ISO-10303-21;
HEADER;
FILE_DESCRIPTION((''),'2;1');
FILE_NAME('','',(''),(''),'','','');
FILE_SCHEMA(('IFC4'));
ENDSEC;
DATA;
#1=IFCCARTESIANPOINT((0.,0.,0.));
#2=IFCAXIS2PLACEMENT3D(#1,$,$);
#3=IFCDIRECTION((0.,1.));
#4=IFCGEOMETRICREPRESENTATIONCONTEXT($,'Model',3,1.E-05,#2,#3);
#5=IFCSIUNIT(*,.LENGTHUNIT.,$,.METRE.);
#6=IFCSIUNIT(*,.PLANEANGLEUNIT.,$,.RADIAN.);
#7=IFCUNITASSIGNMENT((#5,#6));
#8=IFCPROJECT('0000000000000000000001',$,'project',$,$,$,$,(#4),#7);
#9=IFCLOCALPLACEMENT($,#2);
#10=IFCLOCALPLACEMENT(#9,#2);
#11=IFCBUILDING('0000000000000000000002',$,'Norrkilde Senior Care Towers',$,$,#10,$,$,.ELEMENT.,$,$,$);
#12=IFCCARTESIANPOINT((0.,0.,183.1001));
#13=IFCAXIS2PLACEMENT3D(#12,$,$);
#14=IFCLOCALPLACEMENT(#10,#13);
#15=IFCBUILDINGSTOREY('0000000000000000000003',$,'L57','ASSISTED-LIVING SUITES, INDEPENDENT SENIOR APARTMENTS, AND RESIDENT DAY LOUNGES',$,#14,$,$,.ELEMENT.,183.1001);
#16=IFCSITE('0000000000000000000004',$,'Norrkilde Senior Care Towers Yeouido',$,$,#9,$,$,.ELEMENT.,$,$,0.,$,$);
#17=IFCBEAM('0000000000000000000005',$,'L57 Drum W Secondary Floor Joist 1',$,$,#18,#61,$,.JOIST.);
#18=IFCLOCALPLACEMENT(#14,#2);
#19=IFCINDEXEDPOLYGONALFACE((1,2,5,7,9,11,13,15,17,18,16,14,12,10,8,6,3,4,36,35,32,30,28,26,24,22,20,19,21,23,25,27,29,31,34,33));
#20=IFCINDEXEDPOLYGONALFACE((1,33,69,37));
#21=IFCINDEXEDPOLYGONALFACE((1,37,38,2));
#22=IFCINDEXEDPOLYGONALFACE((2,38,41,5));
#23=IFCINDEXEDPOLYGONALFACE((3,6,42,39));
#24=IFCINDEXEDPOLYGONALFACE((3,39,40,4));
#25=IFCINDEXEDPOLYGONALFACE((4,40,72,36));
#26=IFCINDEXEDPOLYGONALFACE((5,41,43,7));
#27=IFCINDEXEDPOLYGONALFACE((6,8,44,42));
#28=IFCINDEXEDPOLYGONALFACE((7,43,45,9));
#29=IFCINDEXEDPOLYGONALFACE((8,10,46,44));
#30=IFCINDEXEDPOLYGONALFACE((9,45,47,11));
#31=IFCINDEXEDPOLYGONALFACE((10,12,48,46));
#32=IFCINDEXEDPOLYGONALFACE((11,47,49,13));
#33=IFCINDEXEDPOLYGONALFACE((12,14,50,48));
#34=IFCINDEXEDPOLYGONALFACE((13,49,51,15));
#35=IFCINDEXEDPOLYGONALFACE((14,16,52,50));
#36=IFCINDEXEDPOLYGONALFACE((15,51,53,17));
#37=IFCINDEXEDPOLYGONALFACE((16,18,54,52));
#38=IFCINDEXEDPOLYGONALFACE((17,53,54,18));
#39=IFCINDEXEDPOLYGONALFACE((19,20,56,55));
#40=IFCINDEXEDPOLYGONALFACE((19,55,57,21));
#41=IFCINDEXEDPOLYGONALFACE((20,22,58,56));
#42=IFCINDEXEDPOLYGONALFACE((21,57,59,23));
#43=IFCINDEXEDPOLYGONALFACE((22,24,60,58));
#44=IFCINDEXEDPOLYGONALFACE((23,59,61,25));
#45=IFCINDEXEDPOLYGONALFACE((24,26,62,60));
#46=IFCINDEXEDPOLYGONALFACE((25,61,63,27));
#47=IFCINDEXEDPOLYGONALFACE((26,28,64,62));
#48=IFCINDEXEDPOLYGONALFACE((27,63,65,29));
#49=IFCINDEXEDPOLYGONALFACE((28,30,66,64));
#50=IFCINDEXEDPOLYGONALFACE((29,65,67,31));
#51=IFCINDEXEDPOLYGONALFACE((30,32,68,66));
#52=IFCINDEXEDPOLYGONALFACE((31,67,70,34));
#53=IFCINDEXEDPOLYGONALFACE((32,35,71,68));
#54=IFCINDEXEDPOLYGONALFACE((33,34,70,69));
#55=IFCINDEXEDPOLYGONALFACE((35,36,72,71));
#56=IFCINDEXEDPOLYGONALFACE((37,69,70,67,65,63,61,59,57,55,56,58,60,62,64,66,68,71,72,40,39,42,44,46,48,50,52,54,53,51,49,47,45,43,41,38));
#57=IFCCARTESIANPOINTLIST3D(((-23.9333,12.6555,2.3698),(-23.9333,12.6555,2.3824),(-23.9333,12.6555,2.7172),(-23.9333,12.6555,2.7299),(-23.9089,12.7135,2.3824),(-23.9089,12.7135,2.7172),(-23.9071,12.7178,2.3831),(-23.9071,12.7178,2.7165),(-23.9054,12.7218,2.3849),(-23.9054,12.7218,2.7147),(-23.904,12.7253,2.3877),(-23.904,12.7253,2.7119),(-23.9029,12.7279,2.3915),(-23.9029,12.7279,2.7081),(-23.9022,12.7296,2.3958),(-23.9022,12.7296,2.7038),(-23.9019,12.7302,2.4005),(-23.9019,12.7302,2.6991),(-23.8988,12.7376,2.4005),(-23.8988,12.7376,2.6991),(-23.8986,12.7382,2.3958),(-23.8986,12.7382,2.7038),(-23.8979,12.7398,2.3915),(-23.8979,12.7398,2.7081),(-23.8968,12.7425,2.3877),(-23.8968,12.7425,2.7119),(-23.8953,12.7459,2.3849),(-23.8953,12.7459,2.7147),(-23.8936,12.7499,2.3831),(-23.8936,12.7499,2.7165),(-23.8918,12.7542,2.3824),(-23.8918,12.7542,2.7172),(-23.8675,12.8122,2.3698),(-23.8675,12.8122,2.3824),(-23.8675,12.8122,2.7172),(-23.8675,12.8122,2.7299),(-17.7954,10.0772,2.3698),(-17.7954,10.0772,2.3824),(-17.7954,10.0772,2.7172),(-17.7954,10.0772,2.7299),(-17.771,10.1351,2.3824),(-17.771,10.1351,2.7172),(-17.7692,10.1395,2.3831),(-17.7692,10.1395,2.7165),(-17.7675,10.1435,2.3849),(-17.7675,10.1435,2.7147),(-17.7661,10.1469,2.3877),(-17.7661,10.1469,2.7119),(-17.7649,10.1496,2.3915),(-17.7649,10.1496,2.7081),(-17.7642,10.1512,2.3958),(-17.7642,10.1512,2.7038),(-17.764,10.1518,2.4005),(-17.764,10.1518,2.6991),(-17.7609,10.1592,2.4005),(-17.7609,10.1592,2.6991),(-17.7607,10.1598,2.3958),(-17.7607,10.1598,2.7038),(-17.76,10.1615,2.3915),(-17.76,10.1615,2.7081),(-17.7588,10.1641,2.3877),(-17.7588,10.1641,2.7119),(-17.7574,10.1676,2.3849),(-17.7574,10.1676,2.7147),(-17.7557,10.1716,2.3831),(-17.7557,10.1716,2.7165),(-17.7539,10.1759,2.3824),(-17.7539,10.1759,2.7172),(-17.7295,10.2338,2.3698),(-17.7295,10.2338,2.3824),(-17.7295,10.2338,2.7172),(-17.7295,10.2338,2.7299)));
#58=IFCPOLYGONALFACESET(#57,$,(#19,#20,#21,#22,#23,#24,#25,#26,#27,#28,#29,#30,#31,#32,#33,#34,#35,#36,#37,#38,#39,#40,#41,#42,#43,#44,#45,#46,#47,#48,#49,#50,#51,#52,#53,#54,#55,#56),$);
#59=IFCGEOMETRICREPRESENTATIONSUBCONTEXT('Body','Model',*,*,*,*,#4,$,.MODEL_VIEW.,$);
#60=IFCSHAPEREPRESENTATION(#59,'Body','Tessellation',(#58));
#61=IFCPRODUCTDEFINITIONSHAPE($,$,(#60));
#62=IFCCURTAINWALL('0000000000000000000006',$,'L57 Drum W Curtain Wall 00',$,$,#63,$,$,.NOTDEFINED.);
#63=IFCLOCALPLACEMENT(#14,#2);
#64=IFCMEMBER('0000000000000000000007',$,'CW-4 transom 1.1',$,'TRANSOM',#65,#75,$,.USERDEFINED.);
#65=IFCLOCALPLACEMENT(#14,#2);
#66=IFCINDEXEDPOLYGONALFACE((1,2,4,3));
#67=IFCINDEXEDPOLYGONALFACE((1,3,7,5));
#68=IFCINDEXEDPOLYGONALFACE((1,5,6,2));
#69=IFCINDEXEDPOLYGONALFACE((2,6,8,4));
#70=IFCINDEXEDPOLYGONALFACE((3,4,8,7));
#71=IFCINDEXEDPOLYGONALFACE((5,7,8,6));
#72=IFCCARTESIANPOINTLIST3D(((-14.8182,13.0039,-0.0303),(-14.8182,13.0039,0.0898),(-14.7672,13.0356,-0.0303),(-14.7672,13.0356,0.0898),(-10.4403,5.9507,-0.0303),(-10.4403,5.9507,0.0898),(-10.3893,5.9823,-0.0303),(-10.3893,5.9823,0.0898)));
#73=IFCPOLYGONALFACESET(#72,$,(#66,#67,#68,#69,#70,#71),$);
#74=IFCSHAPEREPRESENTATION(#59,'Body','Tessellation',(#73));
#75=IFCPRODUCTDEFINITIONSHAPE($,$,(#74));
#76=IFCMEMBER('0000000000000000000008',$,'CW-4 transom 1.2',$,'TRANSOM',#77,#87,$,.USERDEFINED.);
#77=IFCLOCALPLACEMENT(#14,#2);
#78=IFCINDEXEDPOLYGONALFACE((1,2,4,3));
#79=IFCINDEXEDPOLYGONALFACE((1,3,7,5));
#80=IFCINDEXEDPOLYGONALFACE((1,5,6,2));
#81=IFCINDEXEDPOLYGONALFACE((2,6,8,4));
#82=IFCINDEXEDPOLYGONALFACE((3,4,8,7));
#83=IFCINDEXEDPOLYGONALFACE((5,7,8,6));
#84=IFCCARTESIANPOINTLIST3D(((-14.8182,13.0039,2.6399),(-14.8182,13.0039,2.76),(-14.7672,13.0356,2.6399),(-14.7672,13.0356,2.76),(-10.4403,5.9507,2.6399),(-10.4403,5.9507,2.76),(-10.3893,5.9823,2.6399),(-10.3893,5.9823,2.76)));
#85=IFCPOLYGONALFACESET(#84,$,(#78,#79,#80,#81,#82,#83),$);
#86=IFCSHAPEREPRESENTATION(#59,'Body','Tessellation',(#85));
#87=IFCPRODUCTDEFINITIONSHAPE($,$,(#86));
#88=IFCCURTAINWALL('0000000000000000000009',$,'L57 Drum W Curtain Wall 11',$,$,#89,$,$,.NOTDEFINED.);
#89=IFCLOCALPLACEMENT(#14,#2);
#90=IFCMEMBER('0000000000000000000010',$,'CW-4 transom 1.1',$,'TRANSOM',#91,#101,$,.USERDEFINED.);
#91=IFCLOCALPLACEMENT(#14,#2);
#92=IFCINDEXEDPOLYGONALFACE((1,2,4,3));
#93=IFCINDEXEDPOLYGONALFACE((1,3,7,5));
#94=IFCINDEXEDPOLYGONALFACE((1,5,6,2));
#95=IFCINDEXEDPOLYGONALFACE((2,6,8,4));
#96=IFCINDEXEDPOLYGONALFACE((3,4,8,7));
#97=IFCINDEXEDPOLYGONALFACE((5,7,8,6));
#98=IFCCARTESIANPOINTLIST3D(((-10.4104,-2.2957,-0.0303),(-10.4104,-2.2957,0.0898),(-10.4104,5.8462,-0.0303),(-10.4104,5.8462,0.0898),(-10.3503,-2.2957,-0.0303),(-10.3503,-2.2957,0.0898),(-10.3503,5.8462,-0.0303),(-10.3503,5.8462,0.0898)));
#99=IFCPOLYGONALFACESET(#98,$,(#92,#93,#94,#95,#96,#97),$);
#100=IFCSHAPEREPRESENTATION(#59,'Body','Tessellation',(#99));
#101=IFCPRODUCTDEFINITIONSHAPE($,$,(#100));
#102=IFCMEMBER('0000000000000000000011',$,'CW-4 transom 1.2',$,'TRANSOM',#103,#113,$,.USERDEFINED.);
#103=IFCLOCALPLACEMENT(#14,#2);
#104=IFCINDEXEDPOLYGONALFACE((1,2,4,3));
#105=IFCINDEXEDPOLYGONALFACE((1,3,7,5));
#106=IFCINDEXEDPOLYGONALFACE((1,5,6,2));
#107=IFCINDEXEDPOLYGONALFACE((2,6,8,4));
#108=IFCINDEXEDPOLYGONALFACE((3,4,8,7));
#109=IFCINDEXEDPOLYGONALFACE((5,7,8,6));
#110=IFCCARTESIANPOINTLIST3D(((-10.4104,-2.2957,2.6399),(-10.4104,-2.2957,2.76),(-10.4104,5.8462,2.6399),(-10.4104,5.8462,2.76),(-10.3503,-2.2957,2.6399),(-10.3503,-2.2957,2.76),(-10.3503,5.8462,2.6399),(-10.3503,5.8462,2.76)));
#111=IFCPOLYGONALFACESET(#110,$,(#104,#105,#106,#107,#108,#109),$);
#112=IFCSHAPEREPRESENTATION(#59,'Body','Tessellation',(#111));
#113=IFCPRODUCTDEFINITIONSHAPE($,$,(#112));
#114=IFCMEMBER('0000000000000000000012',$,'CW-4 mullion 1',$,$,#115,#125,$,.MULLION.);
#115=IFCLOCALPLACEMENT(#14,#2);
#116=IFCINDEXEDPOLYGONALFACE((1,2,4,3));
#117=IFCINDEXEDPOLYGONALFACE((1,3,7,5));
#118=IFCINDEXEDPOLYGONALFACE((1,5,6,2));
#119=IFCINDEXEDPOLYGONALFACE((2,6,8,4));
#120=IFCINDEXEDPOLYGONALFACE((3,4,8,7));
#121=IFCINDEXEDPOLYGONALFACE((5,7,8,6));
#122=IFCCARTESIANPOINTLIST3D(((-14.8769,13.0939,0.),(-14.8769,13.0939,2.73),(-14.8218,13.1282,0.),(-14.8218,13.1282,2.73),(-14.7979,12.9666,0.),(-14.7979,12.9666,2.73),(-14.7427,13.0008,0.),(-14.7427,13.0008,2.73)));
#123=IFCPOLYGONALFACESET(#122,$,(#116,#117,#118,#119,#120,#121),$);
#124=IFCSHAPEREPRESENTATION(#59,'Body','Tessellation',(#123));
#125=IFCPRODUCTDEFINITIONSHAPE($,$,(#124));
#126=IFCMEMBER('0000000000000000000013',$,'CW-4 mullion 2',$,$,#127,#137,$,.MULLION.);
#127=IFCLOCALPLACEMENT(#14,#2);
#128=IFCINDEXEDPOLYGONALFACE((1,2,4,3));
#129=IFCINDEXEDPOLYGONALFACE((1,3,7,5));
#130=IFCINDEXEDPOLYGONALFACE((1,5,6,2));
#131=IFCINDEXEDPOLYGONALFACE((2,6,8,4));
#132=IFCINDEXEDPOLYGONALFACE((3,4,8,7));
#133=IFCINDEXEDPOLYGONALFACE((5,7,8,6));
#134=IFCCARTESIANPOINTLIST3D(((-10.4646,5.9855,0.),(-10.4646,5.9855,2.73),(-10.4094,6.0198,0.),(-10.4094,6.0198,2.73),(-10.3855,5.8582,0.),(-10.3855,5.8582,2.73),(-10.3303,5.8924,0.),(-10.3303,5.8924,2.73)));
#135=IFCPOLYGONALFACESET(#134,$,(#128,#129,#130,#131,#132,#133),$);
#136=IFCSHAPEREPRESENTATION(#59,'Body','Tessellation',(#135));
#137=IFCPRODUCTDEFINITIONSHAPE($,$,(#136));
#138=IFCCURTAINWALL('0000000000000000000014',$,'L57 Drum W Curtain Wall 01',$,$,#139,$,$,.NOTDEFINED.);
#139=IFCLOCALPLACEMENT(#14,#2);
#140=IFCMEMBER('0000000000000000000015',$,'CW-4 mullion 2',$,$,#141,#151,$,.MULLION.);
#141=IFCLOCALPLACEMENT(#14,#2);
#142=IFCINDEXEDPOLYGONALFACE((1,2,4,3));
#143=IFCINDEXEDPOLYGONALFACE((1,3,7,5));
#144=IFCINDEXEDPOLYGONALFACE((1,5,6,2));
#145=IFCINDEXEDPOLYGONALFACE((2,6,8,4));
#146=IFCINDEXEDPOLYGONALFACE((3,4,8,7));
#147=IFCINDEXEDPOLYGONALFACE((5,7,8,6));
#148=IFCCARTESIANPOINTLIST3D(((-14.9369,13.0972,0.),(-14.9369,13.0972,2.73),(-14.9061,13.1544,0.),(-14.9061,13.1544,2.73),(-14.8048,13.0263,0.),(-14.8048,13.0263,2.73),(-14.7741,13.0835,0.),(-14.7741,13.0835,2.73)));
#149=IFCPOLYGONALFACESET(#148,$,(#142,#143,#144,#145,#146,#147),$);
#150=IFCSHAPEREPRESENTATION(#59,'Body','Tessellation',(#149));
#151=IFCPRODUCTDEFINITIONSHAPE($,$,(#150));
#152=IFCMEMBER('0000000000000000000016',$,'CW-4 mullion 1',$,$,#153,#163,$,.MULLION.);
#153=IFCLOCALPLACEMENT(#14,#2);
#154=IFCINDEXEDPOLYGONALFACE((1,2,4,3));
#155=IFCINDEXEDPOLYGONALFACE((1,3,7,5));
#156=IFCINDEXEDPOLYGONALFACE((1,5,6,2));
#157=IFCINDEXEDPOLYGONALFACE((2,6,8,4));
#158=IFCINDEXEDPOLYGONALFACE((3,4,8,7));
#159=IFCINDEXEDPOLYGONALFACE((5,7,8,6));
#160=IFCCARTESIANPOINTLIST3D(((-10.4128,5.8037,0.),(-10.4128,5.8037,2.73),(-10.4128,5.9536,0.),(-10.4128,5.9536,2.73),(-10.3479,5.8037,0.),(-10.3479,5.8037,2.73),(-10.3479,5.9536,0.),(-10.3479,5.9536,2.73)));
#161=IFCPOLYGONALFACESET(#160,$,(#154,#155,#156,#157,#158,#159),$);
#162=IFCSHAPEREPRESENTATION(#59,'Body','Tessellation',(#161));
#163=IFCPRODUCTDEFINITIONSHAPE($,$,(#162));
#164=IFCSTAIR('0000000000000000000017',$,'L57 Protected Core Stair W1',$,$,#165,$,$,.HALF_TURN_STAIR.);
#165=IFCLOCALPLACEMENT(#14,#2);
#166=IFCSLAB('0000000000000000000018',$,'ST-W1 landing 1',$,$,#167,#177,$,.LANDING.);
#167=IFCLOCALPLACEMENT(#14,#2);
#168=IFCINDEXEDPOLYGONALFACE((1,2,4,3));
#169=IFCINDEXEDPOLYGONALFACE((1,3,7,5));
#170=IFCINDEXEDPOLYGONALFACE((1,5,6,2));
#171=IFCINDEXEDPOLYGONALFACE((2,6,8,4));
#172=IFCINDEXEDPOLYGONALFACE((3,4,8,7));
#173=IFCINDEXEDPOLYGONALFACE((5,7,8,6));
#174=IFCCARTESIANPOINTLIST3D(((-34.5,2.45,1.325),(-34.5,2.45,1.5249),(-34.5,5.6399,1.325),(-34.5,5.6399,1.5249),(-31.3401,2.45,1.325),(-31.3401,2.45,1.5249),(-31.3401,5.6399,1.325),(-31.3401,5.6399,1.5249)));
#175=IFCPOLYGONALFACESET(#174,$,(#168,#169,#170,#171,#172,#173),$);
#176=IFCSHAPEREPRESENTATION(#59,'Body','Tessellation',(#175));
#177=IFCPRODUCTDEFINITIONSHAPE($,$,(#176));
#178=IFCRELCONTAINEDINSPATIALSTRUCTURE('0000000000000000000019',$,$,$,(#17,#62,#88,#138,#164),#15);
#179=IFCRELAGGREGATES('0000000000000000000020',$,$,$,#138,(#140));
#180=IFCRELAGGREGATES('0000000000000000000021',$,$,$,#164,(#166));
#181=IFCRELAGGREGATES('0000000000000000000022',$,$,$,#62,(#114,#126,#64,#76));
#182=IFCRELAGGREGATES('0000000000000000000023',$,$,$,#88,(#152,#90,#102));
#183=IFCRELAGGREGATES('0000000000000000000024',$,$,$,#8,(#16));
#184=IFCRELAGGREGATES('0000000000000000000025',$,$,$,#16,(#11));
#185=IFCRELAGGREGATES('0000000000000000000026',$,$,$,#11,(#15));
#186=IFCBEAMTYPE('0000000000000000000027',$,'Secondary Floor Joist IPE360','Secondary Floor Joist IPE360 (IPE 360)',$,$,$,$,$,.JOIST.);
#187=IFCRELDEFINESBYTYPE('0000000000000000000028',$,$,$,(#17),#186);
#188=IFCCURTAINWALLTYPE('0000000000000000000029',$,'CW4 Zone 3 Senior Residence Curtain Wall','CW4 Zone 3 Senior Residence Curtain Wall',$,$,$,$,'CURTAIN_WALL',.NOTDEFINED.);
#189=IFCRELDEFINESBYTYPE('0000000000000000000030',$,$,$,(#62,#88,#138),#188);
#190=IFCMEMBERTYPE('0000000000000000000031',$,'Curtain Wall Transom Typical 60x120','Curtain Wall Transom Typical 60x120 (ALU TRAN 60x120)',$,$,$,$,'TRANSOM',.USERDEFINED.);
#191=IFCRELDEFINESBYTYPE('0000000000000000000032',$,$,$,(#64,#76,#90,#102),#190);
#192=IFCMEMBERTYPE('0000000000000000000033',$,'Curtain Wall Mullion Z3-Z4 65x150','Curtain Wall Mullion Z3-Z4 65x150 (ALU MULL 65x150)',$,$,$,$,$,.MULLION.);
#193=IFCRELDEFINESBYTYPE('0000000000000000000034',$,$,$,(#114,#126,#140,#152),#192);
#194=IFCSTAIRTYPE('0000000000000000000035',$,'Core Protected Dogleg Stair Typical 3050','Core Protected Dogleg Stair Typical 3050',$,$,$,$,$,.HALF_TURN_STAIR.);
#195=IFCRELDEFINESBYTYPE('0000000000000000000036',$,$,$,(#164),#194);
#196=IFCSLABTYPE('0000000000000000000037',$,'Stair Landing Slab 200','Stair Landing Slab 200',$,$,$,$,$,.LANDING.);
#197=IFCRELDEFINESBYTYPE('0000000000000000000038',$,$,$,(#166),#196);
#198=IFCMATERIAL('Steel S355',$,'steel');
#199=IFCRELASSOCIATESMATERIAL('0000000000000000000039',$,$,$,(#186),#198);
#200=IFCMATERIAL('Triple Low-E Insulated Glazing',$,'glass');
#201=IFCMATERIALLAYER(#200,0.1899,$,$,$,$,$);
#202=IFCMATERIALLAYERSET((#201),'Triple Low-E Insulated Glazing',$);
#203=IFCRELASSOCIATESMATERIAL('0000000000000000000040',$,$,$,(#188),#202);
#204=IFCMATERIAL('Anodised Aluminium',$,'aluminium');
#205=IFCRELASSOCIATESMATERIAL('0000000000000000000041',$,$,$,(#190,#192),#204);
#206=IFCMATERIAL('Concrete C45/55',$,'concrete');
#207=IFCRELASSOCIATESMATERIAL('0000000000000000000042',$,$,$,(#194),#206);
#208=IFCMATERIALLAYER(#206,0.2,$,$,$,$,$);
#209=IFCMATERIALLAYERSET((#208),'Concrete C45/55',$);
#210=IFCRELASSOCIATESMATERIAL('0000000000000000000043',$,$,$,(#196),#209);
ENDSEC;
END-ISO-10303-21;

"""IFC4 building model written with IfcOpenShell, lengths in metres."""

from ifc_helpers import new_model, si_unit, direction, frame, origin, origin_2d, place, context, subcontext, project, spatial, polyline, rectangle, i_section, outline, extrude, source, transform, mapped, material, layer, layer_set, material_profile, profile_set, type_object, type_shapes, element, aggregate, save


model = new_model("IFC4")

# Units and contexts
model_context = context("Model", 3, precision=1e-05, world=origin(), true_north=direction((0.0, 1.0)))
body_context = subcontext(model_context, "Body", "Model", "MODEL_VIEW")
ifc_project = project(units=[si_unit("LENGTHUNIT", "METRE"), si_unit("PLANEANGLEUNIT", "RADIAN")], contexts=[model_context])

# Site, building, storey
site_placement = place(None, origin())
site = spatial("IfcSite", under=ifc_project, at=site_placement, Name="Norrkilde Senior Care Towers Yeouido", CompositionType="ELEMENT", RefElevation=0.0)
building_placement = place(site_placement, origin())
building = spatial("IfcBuilding", under=site, at=building_placement, Name="Norrkilde Senior Care Towers", CompositionType="ELEMENT")
storey_placement = place(building_placement, frame((0.0, 0.0, 183.1001)))
storey = spatial("IfcBuildingStorey", under=building, at=storey_placement, Name="L57", Description="ASSISTED-LIVING SUITES, INDEPENDENT SENIOR APARTMENTS, AND RESIDENT DAY LOUNGES", CompositionType="ELEMENT", Elevation=183.1001)

# Beam
ifc_material_1 = material(Name="Steel S355", Category="steel")
ifc_material_profile_1 = material_profile(ifc_material_1, i_section(OverallWidth=0.1699, OverallDepth=0.3601, WebThickness=0.0081, FlangeThickness=0.0127, FilletRadius=0.0181, at=origin_2d()), Name="IPE 360")
ifc_profile_set_1 = profile_set([ifc_material_profile_1], Name="Steel S355")
beam_type_1 = type_object("IfcBeamType", Name="Secondary Floor Joist IPE360", Description="Secondary Floor Joist IPE360 (IPE 360)", PredefinedType="JOIST", material=ifc_profile_set_1)
shared_shape_1 = source(origin(), body_context, "Body", "SweptSolid", [
    extrude(i_section(OverallWidth=0.1699, OverallDepth=0.3601, WebThickness=0.0081, FlangeThickness=0.0127, FilletRadius=0.0181, at=origin_2d()), origin(), (0.0, 0.0, 1.0), 6.6575),
])
type_shapes(beam_type_1, [shared_shape_1])
beam_1_placement = place(storey_placement, frame((-17.7625, 10.1555, 2.5498), z_axis=(-0.921959, 0.387288, 0.0), x_axis=(-0.387288, -0.921959, 0.0)))
element("IfcBeam", 1, at=beam_1_placement, inside=storey, type_object=beam_type_1, Name="L57 Drum W Secondary Floor Joist 1", PredefinedType="JOIST", context=body_context, shape_type="MappedRepresentation", body=[
    mapped(shared_shape_1, transform((0.0, 0.0, 0.0), x_axis=(1.0, 0.0, 0.0), y_axis=(0.0, 1.0, 0.0), z_axis=(0.0, 0.0, 1.0), scale=1.0)),
])

# Curtain walls, members
ifc_material_2 = material(Name="Triple Low-E Insulated Glazing", Category="glass")
ifc_layer_1 = layer(ifc_material_2, 0.1899)
ifc_layer_set_1 = layer_set([ifc_layer_1], Name="Triple Low-E Insulated Glazing")
curtain_wall_type = type_object("IfcCurtainWallType", Name="CW4 Zone 3 Senior Residence Curtain Wall", Description="CW4 Zone 3 Senior Residence Curtain Wall", ElementType="CURTAIN_WALL", PredefinedType="NOTDEFINED", material=ifc_layer_set_1)
curtain_wall_1_placement = place(storey_placement, origin())
curtain_wall_1 = element("IfcCurtainWall", 2, at=curtain_wall_1_placement, inside=storey, type_object=curtain_wall_type, Name="L57 Drum W Curtain Wall 00", PredefinedType="NOTDEFINED")
ifc_material_3 = material(Name="Anodised Aluminium", Category="aluminium")
ifc_material_profile_2 = material_profile(ifc_material_3, rectangle(XDim=0.0601, YDim=0.1201, at=origin_2d()), Name="ALU TRAN 60x120")
ifc_profile_set_2 = profile_set([ifc_material_profile_2], Name="Anodised Aluminium")
member_type_1 = type_object("IfcMemberType", Name="Curtain Wall Transom Typical 60x120", Description="Curtain Wall Transom Typical 60x120 (ALU TRAN 60x120)", ElementType="TRANSOM", PredefinedType="USERDEFINED", material=ifc_profile_set_2)
shared_shape_2 = source(origin(), body_context, "Body", "SweptSolid", [
    extrude(rectangle(XDim=0.0601, YDim=0.1201, at=origin_2d()), origin(), (0.0, 0.0, 1.0), 8.3015),
])
member_1_placement = place(storey_placement, frame((-14.7927, 13.0198, 0.0298), z_axis=(0.527369, -0.849637, 0.0), x_axis=(0.849637, 0.527369, 0.0)))
member_1 = element("IfcMember", 3, at=member_1_placement, type_object=member_type_1, Name="CW-4 transom 1.1", ObjectType="TRANSOM", PredefinedType="USERDEFINED", context=body_context, shape_type="MappedRepresentation", body=[
    mapped(shared_shape_2, transform((0.0, 0.0, 0.0), x_axis=(1.0, 0.0, 0.0), y_axis=(0.0, 1.0, 0.0), z_axis=(0.0, 0.0, 1.0), scale=1.0)),
])
member_2_placement = place(storey_placement, frame((-14.7927, 13.0198, 2.7), z_axis=(0.527369, -0.849637, 0.0), x_axis=(0.849637, 0.527369, 0.0)))
member_2 = element("IfcMember", 4, at=member_2_placement, type_object=member_type_1, Name="CW-4 transom 1.2", ObjectType="TRANSOM", PredefinedType="USERDEFINED", context=body_context, shape_type="MappedRepresentation", body=[
    mapped(shared_shape_2, transform((0.0, 0.0, 0.0), x_axis=(1.0, 0.0, 0.0), y_axis=(0.0, 1.0, 0.0), z_axis=(0.0, 0.0, 1.0), scale=1.0)),
])
curtain_wall_2_placement = place(storey_placement, origin())
curtain_wall_2 = element("IfcCurtainWall", 5, at=curtain_wall_2_placement, inside=storey, type_object=curtain_wall_type, Name="L57 Drum W Curtain Wall 11", PredefinedType="NOTDEFINED")
shared_shape_3 = source(origin(), body_context, "Body", "SweptSolid", [
    extrude(rectangle(XDim=0.0601, YDim=0.1201, at=origin_2d()), origin(), (0.0, 0.0, 1.0), 8.1418),
])
type_shapes(member_type_1, [shared_shape_2, shared_shape_3])
member_3_placement = place(storey_placement, frame((-10.3804, 5.8462, 0.0298), z_axis=(0.0, -1.0, 0.0), x_axis=(1.0, 0.0, 0.0)))
member_3 = element("IfcMember", 6, at=member_3_placement, type_object=member_type_1, Name="CW-4 transom 1.1", ObjectType="TRANSOM", PredefinedType="USERDEFINED", context=body_context, shape_type="MappedRepresentation", body=[
    mapped(shared_shape_3, transform((0.0, 0.0, 0.0), x_axis=(1.0, 0.0, 0.0), y_axis=(0.0, 1.0, 0.0), z_axis=(0.0, 0.0, 1.0), scale=1.0)),
])
member_4_placement = place(storey_placement, frame((-10.3804, 5.8462, 2.7), z_axis=(0.0, -1.0, 0.0), x_axis=(1.0, 0.0, 0.0)))
member_4 = element("IfcMember", 7, at=member_4_placement, type_object=member_type_1, Name="CW-4 transom 1.2", ObjectType="TRANSOM", PredefinedType="USERDEFINED", context=body_context, shape_type="MappedRepresentation", body=[
    mapped(shared_shape_3, transform((0.0, 0.0, 0.0), x_axis=(1.0, 0.0, 0.0), y_axis=(0.0, 1.0, 0.0), z_axis=(0.0, 0.0, 1.0), scale=1.0)),
])

# Members
ifc_material_profile_3 = material_profile(ifc_material_3, rectangle(XDim=0.0649, YDim=0.1499, at=origin_2d()), Name="ALU MULL 65x150")
ifc_profile_set_3 = profile_set([ifc_material_profile_3], Name="Anodised Aluminium")
member_type_2 = type_object("IfcMemberType", Name="Curtain Wall Mullion Z3-Z4 65x150", Description="Curtain Wall Mullion Z3-Z4 65x150 (ALU MULL 65x150)", PredefinedType="MULLION", material=ifc_profile_set_3)
shared_shape_4 = source(origin(), body_context, "Body", "SweptSolid", [
    extrude(rectangle(XDim=0.0649, YDim=0.1499, at=origin_2d()), origin(), (0.0, 0.0, 1.0), 2.73),
])
type_shapes(member_type_2, [shared_shape_4])
member_5_placement = place(storey_placement, frame((-14.8098, 13.0474, 0.0), z_axis=(0.0, 0.0, 1.0), x_axis=(0.849634, 0.527373, 0.0)))
member_5 = element("IfcMember", 8, at=member_5_placement, type_object=member_type_2, Name="CW-4 mullion 1", PredefinedType="MULLION", context=body_context, shape_type="MappedRepresentation", body=[
    mapped(shared_shape_4, transform((0.0, 0.0, 0.0), x_axis=(1.0, 0.0, 0.0), y_axis=(0.0, 1.0, 0.0), z_axis=(0.0, 0.0, 1.0), scale=1.0)),
])
member_6_placement = place(storey_placement, frame((-10.3975, 5.939, 0.0), z_axis=(0.0, 0.0, 1.0), x_axis=(0.849634, 0.527373, 0.0)))
member_6 = element("IfcMember", 9, at=member_6_placement, type_object=member_type_2, Name="CW-4 mullion 2", PredefinedType="MULLION", context=body_context, shape_type="MappedRepresentation", body=[
    mapped(shared_shape_4, transform((0.0, 0.0, 0.0), x_axis=(1.0, 0.0, 0.0), y_axis=(0.0, 1.0, 0.0), z_axis=(0.0, 0.0, 1.0), scale=1.0)),
])

# Curtain wall, member
curtain_wall_3_placement = place(storey_placement, origin())
curtain_wall_3 = element("IfcCurtainWall", 10, at=curtain_wall_3_placement, inside=storey, type_object=curtain_wall_type, Name="L57 Drum W Curtain Wall 01", PredefinedType="NOTDEFINED")
member_7_placement = place(storey_placement, frame((-14.8555, 13.0903, 0.0), z_axis=(0.0, 0.0, 1.0), x_axis=(0.473117, 0.881, 0.0)))
member_7 = element("IfcMember", 11, at=member_7_placement, type_object=member_type_2, Name="CW-4 mullion 2", PredefinedType="MULLION", context=body_context, shape_type="MappedRepresentation", body=[
    mapped(shared_shape_4, transform((0.0, 0.0, 0.0), x_axis=(1.0, 0.0, 0.0), y_axis=(0.0, 1.0, 0.0), z_axis=(0.0, 0.0, 1.0), scale=1.0)),
])
aggregate(curtain_wall_3, [member_7])

# Member
member_8_placement = place(storey_placement, frame((-10.3804, 5.8787, 0.0), z_axis=(0.0, 0.0, 1.0), x_axis=(1.0, 0.0, 0.0)))
member_8 = element("IfcMember", 12, at=member_8_placement, type_object=member_type_2, Name="CW-4 mullion 1", PredefinedType="MULLION", context=body_context, shape_type="MappedRepresentation", body=[
    mapped(shared_shape_4, transform((0.0, 0.0, 0.0), x_axis=(1.0, 0.0, 0.0), y_axis=(0.0, 1.0, 0.0), z_axis=(0.0, 0.0, 1.0), scale=1.0)),
])

# Stair, slab
ifc_material_4 = material(Name="Concrete C45/55", Category="concrete")
stair_type = type_object("IfcStairType", Name="Core Protected Dogleg Stair Typical 3050", Description="Core Protected Dogleg Stair Typical 3050", PredefinedType="HALF_TURN_STAIR", material=ifc_material_4)
stair_1_placement = place(storey_placement, origin())
stair_1 = element("IfcStair", 13, at=stair_1_placement, inside=storey, type_object=stair_type, Name="L57 Protected Core Stair W1", PredefinedType="HALF_TURN_STAIR")
ifc_layer_2 = layer(ifc_material_4, 0.2)
ifc_layer_set_2 = layer_set([ifc_layer_2], Name="Concrete C45/55")
slab_type = type_object("IfcSlabType", Name="Stair Landing Slab 200", Description="Stair Landing Slab 200", PredefinedType="LANDING", material=ifc_layer_set_2)
slab_1_placement = place(storey_placement, frame((0.0, 0.0, 1.325)))
slab_1 = element("IfcSlab", 14, at=slab_1_placement, type_object=slab_type, Name="ST-W1 landing 1", PredefinedType="LANDING", context=body_context, shape_type="SweptSolid", body=[
    extrude(outline(polyline([(-31.3401, 5.6399), (-34.5, 5.6399), (-34.5, 2.45), (-31.3401, 2.45), (-31.3401, 5.6399)])), origin(), (0.0, 0.0, 1.0), 0.2),
])
aggregate(stair_1, [slab_1])

aggregate(curtain_wall_1, [member_5, member_6, member_1, member_2])
aggregate(curtain_wall_2, [member_8, member_3, member_4])

save(model, "model.ifc")
